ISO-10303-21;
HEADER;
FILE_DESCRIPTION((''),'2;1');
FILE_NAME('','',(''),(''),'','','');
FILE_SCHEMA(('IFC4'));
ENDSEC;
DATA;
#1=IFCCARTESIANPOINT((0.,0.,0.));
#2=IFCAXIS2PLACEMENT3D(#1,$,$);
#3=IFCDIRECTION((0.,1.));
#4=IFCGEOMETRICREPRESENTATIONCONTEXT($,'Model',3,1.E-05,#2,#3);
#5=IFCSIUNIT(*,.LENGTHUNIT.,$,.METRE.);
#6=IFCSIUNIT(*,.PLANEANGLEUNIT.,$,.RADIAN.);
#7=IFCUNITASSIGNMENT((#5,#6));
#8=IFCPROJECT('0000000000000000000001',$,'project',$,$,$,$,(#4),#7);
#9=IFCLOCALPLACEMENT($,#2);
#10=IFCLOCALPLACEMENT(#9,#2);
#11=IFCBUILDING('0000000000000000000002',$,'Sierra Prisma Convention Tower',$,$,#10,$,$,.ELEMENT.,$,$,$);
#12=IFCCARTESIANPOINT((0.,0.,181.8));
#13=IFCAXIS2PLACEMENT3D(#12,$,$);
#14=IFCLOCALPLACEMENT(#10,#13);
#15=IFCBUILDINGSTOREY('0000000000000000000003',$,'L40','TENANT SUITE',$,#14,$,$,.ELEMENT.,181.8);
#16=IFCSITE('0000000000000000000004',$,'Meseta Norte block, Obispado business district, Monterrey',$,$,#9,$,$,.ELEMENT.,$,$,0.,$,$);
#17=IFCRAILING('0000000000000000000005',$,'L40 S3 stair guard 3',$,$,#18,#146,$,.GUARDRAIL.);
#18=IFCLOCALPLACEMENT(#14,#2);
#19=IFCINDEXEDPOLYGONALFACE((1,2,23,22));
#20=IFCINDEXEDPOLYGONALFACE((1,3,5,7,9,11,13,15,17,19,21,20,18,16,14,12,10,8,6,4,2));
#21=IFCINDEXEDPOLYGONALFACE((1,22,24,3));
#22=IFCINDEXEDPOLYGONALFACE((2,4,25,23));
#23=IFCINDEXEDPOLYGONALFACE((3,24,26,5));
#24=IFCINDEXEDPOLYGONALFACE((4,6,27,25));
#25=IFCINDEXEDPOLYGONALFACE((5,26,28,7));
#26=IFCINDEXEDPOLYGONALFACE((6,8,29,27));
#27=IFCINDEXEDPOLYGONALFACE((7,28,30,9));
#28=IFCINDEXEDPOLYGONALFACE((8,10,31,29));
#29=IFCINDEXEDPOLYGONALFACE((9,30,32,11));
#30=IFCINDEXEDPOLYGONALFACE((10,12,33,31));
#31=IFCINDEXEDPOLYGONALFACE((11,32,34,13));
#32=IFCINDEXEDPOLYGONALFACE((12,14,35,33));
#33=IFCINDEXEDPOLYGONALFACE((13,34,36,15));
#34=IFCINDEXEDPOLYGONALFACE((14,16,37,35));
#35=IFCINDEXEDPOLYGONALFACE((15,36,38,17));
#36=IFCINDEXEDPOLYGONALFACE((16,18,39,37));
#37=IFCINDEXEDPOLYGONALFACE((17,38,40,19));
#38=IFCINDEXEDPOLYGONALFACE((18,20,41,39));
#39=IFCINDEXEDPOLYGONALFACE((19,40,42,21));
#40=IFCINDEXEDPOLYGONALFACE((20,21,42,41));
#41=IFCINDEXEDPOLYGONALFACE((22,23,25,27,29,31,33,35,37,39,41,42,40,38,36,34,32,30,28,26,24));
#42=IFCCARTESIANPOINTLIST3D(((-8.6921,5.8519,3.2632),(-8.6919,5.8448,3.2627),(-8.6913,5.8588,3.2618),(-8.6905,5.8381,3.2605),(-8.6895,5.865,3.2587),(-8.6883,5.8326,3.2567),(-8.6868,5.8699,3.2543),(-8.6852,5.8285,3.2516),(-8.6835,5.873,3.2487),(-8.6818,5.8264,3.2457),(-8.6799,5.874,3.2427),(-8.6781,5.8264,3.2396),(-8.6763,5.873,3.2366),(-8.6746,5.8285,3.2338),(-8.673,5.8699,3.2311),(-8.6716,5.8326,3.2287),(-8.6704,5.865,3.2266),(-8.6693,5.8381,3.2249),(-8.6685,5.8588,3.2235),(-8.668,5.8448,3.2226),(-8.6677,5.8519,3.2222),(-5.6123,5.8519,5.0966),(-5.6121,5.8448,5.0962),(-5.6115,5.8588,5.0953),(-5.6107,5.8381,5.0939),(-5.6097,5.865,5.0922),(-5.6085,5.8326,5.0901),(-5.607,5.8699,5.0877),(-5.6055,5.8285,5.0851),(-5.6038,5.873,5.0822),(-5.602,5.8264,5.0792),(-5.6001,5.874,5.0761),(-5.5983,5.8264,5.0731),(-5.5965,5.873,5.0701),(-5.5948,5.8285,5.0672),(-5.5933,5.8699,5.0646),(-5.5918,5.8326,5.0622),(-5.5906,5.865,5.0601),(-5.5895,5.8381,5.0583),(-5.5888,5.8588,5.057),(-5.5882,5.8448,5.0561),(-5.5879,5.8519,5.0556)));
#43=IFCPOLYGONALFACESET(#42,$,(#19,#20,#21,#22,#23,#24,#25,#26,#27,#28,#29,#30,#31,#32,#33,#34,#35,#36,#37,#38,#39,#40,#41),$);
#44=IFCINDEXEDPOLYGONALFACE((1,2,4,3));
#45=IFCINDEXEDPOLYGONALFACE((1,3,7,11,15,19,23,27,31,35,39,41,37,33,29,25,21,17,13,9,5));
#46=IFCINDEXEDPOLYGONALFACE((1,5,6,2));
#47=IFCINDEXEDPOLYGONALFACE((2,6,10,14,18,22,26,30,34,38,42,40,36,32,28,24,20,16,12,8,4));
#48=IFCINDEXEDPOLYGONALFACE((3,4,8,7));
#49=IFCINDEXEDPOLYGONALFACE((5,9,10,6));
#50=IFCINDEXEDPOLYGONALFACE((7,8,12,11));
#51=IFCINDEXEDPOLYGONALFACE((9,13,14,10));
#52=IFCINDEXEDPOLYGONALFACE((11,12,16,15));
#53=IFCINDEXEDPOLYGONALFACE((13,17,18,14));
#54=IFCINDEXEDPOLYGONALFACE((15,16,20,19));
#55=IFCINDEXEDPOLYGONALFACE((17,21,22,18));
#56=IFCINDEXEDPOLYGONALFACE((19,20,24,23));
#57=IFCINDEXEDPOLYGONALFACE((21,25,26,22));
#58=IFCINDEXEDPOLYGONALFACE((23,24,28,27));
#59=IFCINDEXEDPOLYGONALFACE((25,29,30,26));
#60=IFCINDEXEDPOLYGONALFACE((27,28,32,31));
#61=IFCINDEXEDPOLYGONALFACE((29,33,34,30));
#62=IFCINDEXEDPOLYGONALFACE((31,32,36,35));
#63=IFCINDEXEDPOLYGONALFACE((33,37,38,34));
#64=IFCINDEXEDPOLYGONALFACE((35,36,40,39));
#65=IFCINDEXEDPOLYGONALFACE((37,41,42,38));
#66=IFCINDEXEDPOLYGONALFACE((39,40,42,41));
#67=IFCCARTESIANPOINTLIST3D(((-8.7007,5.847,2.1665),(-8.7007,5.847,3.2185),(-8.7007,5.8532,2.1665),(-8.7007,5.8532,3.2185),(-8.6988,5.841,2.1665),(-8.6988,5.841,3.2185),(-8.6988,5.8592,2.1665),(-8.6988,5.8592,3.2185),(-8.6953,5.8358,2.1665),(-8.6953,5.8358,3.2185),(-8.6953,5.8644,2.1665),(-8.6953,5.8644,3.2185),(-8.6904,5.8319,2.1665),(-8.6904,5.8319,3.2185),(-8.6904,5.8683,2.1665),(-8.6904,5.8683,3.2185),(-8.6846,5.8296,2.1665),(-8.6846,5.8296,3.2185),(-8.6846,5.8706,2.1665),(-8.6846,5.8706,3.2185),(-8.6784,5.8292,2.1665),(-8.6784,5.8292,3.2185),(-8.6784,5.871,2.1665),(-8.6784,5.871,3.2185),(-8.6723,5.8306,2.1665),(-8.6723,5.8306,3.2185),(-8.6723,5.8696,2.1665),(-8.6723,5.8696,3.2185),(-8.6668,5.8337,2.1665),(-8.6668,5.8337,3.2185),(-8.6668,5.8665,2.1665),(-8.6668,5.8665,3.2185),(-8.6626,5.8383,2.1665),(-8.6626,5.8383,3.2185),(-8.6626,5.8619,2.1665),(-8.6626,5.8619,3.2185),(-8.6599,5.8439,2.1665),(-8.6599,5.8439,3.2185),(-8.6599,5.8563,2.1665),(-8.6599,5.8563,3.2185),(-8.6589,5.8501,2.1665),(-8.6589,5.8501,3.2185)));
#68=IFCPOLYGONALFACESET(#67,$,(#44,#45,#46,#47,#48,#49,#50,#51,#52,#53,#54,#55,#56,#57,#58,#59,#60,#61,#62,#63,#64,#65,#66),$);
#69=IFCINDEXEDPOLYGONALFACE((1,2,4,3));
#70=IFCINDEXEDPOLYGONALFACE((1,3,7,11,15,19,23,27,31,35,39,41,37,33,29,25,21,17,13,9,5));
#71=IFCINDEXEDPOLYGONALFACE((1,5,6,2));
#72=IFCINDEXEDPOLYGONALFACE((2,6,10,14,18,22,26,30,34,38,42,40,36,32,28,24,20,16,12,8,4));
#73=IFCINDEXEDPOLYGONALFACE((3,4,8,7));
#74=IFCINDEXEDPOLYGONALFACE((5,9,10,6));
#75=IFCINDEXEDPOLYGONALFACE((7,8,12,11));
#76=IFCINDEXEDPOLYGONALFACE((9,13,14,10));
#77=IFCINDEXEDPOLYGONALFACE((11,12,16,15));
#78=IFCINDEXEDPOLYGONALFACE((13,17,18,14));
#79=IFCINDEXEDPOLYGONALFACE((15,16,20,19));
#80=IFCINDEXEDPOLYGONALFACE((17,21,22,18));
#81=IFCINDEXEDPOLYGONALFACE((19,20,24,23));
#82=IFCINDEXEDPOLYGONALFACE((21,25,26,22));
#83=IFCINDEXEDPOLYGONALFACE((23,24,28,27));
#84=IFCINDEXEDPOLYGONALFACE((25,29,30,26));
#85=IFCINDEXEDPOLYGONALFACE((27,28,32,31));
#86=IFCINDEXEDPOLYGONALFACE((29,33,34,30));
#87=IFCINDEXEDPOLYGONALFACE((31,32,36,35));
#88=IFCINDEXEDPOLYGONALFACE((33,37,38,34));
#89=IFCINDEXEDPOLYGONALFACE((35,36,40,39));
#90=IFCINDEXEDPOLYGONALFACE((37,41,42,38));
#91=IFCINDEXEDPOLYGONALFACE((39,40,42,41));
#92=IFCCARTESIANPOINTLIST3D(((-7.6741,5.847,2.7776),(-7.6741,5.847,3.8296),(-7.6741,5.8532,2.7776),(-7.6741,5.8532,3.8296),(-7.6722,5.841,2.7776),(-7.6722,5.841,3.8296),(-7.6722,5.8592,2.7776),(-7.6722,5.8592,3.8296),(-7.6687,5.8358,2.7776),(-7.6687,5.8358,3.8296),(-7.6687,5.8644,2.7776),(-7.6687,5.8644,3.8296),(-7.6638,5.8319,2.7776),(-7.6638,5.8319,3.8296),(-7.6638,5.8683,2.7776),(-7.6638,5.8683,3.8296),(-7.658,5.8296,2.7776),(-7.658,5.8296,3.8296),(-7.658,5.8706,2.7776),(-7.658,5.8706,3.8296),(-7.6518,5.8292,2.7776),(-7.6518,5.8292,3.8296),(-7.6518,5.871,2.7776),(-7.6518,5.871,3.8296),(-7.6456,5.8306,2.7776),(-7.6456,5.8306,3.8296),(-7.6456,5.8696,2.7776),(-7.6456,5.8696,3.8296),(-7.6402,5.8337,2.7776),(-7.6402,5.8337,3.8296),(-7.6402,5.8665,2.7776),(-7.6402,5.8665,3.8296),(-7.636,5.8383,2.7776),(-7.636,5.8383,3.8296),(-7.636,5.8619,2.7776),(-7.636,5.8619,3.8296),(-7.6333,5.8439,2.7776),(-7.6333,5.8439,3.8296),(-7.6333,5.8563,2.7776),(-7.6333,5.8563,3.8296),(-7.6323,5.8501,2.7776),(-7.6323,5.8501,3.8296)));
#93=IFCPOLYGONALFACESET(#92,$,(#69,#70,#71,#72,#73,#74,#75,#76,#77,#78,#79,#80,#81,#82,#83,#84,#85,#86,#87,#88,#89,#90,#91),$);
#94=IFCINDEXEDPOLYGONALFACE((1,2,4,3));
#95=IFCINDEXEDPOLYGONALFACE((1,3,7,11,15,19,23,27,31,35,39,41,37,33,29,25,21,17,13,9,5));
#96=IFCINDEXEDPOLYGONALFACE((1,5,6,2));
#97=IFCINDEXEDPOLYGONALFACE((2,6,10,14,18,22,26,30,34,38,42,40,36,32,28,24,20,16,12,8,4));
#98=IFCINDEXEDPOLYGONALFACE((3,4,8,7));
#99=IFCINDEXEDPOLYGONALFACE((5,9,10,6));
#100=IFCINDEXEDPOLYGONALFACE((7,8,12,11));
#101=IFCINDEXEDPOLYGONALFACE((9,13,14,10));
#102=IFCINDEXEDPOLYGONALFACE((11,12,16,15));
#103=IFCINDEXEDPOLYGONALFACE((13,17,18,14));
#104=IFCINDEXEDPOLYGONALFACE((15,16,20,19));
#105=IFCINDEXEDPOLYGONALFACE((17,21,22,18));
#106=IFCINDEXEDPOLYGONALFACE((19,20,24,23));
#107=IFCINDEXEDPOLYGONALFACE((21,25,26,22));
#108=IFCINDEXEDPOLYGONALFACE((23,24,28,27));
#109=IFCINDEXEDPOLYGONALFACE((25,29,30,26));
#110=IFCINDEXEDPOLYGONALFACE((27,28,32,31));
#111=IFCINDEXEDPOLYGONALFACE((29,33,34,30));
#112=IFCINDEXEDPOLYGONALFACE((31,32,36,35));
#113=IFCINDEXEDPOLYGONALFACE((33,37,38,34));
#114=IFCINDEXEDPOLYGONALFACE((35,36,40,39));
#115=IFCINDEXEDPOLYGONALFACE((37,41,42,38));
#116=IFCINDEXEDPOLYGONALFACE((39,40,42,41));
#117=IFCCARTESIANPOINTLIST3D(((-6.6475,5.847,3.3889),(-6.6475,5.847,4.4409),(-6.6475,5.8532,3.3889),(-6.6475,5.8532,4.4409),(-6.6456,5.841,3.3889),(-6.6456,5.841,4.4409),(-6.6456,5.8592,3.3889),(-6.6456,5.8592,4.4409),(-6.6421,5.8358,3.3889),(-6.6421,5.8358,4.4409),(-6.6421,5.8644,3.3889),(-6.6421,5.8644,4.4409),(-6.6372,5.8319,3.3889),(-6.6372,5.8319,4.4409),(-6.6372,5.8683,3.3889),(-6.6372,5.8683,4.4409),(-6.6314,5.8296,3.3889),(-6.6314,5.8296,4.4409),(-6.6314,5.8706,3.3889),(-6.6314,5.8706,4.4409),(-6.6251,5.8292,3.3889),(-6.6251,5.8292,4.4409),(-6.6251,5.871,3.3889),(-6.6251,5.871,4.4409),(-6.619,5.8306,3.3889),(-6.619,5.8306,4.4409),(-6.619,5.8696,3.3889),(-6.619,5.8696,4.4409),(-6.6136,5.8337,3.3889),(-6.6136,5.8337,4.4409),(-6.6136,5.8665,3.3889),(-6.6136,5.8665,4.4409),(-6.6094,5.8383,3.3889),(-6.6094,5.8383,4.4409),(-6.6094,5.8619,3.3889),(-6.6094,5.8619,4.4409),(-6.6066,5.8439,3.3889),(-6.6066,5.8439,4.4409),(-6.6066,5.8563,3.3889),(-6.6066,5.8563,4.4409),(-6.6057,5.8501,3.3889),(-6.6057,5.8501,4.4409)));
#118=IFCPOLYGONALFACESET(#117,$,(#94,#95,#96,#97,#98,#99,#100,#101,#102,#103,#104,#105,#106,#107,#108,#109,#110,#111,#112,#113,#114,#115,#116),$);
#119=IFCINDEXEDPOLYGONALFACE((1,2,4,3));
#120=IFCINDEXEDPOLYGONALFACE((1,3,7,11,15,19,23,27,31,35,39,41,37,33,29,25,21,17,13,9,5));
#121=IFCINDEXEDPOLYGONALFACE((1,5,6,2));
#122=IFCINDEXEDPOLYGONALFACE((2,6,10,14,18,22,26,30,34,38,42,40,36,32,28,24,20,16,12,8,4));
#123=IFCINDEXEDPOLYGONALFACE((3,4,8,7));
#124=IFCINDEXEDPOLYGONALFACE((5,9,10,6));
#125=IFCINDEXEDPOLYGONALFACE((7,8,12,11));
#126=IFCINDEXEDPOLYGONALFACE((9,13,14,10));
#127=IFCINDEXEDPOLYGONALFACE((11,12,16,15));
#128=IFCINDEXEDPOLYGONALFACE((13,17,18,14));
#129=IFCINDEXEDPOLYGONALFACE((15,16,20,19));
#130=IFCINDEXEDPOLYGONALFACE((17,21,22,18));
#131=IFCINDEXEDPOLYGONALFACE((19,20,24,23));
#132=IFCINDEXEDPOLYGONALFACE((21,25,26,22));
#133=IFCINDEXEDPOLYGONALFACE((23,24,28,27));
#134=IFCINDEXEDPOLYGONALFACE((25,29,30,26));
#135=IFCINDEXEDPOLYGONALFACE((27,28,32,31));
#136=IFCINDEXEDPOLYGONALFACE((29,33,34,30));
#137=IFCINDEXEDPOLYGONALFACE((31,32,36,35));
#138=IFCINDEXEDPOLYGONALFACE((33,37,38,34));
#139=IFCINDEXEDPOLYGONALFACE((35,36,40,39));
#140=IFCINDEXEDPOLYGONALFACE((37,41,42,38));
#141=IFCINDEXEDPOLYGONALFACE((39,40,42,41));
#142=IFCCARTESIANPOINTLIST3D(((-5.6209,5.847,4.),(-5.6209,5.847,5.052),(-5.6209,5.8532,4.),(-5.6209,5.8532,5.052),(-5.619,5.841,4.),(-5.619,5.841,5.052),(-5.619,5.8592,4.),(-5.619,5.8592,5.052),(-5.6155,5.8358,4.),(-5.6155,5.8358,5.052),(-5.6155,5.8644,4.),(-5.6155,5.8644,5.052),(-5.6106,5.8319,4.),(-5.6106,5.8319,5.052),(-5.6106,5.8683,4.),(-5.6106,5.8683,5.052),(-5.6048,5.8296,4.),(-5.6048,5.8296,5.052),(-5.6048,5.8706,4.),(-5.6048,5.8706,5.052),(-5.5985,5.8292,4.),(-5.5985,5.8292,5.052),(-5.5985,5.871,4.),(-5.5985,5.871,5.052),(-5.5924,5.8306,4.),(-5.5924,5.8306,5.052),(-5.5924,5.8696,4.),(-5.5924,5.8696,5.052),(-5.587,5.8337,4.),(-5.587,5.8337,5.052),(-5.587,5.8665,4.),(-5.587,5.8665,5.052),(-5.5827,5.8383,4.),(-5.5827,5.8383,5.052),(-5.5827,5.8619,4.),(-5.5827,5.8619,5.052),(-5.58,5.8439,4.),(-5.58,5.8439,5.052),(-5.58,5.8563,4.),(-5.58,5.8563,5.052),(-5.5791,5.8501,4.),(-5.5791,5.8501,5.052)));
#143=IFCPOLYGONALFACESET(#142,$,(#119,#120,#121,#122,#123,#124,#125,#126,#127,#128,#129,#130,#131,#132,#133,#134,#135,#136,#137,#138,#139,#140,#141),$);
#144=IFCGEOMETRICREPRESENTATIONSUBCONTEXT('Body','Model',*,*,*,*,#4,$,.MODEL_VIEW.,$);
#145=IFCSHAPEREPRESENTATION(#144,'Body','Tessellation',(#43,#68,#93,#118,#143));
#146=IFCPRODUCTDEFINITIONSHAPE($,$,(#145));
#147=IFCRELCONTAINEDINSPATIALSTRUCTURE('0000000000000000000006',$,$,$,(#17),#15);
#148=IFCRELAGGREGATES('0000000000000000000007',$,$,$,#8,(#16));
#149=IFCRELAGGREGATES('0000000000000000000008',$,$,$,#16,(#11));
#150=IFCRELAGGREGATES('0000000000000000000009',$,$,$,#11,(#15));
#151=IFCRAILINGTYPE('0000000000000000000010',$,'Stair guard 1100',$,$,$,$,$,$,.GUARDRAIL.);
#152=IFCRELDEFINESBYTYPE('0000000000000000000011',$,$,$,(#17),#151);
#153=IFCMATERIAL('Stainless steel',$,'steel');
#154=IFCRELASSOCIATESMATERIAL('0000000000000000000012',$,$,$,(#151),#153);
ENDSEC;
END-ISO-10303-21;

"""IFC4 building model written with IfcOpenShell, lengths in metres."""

from ifc_helpers import new_model, si_unit, direction, frame, origin, origin_2d, place, context, subcontext, project, spatial, circle, extrude, material, type_object, element, save


model = new_model("IFC4")

# Units and contexts
model_context = context("Model", 3, precision=1e-05, world=origin(), true_north=direction((0.0, 1.0)))
body_context = subcontext(model_context, "Body", "Model", "MODEL_VIEW")
ifc_project = project(units=[si_unit("LENGTHUNIT", "METRE"), si_unit("PLANEANGLEUNIT", "RADIAN")], contexts=[model_context])

# Site, building, storey
site_placement = place(None, origin())
site = spatial("IfcSite", under=ifc_project, at=site_placement, Name="Meseta Norte block, Obispado business district, Monterrey", CompositionType="ELEMENT", RefElevation=0.0)
building_placement = place(site_placement, origin())
building = spatial("IfcBuilding", under=site, at=building_placement, Name="Sierra Prisma Convention Tower", CompositionType="ELEMENT")
storey_placement = place(building_placement, frame((0.0, 0.0, 181.8)))
storey = spatial("IfcBuildingStorey", under=building, at=storey_placement, Name="L40", Description="TENANT SUITE", CompositionType="ELEMENT", Elevation=181.8)

# Railing
ifc_material_1 = material(Name="Stainless steel", Category="steel")
railing_type_1 = type_object("IfcRailingType", Name="Stair guard 1100", PredefinedType="GUARDRAIL", material=ifc_material_1)
railing_1_placement = place(storey_placement, frame((-8.6799, 5.8501, 2.1665)))
element("IfcRailing", 1, at=railing_1_placement, inside=storey, type_object=railing_type_1, Name="L40 S3 stair guard 3", PredefinedType="GUARDRAIL", context=body_context, shape_type="SweptSolid", body=[
    extrude(circle(Radius=0.0239, at=origin_2d()), frame((0.0, 0.0, 1.0762), z_axis=(0.859261, 0.0, 0.511538), x_axis=(0.0, 1.0, 0.0)), (0.0, 0.0, 1.0), 3.5842),
    extrude(circle(Radius=0.021, at=origin_2d()), origin(), (0.0, 0.0, 1.0), 1.052),
    extrude(circle(Radius=0.021, at=origin_2d()), frame((1.0266, 0.0, 0.6111)), (0.0, 0.0, 1.0), 1.052),
    extrude(circle(Radius=0.021, at=origin_2d()), frame((2.0532, 0.0, 1.2224)), (0.0, 0.0, 1.0), 1.052),
    extrude(circle(Radius=0.021, at=origin_2d()), frame((3.0798, 0.0, 1.8335)), (0.0, 0.0, 1.0), 1.052),
])

save(model, "model.ifc")
